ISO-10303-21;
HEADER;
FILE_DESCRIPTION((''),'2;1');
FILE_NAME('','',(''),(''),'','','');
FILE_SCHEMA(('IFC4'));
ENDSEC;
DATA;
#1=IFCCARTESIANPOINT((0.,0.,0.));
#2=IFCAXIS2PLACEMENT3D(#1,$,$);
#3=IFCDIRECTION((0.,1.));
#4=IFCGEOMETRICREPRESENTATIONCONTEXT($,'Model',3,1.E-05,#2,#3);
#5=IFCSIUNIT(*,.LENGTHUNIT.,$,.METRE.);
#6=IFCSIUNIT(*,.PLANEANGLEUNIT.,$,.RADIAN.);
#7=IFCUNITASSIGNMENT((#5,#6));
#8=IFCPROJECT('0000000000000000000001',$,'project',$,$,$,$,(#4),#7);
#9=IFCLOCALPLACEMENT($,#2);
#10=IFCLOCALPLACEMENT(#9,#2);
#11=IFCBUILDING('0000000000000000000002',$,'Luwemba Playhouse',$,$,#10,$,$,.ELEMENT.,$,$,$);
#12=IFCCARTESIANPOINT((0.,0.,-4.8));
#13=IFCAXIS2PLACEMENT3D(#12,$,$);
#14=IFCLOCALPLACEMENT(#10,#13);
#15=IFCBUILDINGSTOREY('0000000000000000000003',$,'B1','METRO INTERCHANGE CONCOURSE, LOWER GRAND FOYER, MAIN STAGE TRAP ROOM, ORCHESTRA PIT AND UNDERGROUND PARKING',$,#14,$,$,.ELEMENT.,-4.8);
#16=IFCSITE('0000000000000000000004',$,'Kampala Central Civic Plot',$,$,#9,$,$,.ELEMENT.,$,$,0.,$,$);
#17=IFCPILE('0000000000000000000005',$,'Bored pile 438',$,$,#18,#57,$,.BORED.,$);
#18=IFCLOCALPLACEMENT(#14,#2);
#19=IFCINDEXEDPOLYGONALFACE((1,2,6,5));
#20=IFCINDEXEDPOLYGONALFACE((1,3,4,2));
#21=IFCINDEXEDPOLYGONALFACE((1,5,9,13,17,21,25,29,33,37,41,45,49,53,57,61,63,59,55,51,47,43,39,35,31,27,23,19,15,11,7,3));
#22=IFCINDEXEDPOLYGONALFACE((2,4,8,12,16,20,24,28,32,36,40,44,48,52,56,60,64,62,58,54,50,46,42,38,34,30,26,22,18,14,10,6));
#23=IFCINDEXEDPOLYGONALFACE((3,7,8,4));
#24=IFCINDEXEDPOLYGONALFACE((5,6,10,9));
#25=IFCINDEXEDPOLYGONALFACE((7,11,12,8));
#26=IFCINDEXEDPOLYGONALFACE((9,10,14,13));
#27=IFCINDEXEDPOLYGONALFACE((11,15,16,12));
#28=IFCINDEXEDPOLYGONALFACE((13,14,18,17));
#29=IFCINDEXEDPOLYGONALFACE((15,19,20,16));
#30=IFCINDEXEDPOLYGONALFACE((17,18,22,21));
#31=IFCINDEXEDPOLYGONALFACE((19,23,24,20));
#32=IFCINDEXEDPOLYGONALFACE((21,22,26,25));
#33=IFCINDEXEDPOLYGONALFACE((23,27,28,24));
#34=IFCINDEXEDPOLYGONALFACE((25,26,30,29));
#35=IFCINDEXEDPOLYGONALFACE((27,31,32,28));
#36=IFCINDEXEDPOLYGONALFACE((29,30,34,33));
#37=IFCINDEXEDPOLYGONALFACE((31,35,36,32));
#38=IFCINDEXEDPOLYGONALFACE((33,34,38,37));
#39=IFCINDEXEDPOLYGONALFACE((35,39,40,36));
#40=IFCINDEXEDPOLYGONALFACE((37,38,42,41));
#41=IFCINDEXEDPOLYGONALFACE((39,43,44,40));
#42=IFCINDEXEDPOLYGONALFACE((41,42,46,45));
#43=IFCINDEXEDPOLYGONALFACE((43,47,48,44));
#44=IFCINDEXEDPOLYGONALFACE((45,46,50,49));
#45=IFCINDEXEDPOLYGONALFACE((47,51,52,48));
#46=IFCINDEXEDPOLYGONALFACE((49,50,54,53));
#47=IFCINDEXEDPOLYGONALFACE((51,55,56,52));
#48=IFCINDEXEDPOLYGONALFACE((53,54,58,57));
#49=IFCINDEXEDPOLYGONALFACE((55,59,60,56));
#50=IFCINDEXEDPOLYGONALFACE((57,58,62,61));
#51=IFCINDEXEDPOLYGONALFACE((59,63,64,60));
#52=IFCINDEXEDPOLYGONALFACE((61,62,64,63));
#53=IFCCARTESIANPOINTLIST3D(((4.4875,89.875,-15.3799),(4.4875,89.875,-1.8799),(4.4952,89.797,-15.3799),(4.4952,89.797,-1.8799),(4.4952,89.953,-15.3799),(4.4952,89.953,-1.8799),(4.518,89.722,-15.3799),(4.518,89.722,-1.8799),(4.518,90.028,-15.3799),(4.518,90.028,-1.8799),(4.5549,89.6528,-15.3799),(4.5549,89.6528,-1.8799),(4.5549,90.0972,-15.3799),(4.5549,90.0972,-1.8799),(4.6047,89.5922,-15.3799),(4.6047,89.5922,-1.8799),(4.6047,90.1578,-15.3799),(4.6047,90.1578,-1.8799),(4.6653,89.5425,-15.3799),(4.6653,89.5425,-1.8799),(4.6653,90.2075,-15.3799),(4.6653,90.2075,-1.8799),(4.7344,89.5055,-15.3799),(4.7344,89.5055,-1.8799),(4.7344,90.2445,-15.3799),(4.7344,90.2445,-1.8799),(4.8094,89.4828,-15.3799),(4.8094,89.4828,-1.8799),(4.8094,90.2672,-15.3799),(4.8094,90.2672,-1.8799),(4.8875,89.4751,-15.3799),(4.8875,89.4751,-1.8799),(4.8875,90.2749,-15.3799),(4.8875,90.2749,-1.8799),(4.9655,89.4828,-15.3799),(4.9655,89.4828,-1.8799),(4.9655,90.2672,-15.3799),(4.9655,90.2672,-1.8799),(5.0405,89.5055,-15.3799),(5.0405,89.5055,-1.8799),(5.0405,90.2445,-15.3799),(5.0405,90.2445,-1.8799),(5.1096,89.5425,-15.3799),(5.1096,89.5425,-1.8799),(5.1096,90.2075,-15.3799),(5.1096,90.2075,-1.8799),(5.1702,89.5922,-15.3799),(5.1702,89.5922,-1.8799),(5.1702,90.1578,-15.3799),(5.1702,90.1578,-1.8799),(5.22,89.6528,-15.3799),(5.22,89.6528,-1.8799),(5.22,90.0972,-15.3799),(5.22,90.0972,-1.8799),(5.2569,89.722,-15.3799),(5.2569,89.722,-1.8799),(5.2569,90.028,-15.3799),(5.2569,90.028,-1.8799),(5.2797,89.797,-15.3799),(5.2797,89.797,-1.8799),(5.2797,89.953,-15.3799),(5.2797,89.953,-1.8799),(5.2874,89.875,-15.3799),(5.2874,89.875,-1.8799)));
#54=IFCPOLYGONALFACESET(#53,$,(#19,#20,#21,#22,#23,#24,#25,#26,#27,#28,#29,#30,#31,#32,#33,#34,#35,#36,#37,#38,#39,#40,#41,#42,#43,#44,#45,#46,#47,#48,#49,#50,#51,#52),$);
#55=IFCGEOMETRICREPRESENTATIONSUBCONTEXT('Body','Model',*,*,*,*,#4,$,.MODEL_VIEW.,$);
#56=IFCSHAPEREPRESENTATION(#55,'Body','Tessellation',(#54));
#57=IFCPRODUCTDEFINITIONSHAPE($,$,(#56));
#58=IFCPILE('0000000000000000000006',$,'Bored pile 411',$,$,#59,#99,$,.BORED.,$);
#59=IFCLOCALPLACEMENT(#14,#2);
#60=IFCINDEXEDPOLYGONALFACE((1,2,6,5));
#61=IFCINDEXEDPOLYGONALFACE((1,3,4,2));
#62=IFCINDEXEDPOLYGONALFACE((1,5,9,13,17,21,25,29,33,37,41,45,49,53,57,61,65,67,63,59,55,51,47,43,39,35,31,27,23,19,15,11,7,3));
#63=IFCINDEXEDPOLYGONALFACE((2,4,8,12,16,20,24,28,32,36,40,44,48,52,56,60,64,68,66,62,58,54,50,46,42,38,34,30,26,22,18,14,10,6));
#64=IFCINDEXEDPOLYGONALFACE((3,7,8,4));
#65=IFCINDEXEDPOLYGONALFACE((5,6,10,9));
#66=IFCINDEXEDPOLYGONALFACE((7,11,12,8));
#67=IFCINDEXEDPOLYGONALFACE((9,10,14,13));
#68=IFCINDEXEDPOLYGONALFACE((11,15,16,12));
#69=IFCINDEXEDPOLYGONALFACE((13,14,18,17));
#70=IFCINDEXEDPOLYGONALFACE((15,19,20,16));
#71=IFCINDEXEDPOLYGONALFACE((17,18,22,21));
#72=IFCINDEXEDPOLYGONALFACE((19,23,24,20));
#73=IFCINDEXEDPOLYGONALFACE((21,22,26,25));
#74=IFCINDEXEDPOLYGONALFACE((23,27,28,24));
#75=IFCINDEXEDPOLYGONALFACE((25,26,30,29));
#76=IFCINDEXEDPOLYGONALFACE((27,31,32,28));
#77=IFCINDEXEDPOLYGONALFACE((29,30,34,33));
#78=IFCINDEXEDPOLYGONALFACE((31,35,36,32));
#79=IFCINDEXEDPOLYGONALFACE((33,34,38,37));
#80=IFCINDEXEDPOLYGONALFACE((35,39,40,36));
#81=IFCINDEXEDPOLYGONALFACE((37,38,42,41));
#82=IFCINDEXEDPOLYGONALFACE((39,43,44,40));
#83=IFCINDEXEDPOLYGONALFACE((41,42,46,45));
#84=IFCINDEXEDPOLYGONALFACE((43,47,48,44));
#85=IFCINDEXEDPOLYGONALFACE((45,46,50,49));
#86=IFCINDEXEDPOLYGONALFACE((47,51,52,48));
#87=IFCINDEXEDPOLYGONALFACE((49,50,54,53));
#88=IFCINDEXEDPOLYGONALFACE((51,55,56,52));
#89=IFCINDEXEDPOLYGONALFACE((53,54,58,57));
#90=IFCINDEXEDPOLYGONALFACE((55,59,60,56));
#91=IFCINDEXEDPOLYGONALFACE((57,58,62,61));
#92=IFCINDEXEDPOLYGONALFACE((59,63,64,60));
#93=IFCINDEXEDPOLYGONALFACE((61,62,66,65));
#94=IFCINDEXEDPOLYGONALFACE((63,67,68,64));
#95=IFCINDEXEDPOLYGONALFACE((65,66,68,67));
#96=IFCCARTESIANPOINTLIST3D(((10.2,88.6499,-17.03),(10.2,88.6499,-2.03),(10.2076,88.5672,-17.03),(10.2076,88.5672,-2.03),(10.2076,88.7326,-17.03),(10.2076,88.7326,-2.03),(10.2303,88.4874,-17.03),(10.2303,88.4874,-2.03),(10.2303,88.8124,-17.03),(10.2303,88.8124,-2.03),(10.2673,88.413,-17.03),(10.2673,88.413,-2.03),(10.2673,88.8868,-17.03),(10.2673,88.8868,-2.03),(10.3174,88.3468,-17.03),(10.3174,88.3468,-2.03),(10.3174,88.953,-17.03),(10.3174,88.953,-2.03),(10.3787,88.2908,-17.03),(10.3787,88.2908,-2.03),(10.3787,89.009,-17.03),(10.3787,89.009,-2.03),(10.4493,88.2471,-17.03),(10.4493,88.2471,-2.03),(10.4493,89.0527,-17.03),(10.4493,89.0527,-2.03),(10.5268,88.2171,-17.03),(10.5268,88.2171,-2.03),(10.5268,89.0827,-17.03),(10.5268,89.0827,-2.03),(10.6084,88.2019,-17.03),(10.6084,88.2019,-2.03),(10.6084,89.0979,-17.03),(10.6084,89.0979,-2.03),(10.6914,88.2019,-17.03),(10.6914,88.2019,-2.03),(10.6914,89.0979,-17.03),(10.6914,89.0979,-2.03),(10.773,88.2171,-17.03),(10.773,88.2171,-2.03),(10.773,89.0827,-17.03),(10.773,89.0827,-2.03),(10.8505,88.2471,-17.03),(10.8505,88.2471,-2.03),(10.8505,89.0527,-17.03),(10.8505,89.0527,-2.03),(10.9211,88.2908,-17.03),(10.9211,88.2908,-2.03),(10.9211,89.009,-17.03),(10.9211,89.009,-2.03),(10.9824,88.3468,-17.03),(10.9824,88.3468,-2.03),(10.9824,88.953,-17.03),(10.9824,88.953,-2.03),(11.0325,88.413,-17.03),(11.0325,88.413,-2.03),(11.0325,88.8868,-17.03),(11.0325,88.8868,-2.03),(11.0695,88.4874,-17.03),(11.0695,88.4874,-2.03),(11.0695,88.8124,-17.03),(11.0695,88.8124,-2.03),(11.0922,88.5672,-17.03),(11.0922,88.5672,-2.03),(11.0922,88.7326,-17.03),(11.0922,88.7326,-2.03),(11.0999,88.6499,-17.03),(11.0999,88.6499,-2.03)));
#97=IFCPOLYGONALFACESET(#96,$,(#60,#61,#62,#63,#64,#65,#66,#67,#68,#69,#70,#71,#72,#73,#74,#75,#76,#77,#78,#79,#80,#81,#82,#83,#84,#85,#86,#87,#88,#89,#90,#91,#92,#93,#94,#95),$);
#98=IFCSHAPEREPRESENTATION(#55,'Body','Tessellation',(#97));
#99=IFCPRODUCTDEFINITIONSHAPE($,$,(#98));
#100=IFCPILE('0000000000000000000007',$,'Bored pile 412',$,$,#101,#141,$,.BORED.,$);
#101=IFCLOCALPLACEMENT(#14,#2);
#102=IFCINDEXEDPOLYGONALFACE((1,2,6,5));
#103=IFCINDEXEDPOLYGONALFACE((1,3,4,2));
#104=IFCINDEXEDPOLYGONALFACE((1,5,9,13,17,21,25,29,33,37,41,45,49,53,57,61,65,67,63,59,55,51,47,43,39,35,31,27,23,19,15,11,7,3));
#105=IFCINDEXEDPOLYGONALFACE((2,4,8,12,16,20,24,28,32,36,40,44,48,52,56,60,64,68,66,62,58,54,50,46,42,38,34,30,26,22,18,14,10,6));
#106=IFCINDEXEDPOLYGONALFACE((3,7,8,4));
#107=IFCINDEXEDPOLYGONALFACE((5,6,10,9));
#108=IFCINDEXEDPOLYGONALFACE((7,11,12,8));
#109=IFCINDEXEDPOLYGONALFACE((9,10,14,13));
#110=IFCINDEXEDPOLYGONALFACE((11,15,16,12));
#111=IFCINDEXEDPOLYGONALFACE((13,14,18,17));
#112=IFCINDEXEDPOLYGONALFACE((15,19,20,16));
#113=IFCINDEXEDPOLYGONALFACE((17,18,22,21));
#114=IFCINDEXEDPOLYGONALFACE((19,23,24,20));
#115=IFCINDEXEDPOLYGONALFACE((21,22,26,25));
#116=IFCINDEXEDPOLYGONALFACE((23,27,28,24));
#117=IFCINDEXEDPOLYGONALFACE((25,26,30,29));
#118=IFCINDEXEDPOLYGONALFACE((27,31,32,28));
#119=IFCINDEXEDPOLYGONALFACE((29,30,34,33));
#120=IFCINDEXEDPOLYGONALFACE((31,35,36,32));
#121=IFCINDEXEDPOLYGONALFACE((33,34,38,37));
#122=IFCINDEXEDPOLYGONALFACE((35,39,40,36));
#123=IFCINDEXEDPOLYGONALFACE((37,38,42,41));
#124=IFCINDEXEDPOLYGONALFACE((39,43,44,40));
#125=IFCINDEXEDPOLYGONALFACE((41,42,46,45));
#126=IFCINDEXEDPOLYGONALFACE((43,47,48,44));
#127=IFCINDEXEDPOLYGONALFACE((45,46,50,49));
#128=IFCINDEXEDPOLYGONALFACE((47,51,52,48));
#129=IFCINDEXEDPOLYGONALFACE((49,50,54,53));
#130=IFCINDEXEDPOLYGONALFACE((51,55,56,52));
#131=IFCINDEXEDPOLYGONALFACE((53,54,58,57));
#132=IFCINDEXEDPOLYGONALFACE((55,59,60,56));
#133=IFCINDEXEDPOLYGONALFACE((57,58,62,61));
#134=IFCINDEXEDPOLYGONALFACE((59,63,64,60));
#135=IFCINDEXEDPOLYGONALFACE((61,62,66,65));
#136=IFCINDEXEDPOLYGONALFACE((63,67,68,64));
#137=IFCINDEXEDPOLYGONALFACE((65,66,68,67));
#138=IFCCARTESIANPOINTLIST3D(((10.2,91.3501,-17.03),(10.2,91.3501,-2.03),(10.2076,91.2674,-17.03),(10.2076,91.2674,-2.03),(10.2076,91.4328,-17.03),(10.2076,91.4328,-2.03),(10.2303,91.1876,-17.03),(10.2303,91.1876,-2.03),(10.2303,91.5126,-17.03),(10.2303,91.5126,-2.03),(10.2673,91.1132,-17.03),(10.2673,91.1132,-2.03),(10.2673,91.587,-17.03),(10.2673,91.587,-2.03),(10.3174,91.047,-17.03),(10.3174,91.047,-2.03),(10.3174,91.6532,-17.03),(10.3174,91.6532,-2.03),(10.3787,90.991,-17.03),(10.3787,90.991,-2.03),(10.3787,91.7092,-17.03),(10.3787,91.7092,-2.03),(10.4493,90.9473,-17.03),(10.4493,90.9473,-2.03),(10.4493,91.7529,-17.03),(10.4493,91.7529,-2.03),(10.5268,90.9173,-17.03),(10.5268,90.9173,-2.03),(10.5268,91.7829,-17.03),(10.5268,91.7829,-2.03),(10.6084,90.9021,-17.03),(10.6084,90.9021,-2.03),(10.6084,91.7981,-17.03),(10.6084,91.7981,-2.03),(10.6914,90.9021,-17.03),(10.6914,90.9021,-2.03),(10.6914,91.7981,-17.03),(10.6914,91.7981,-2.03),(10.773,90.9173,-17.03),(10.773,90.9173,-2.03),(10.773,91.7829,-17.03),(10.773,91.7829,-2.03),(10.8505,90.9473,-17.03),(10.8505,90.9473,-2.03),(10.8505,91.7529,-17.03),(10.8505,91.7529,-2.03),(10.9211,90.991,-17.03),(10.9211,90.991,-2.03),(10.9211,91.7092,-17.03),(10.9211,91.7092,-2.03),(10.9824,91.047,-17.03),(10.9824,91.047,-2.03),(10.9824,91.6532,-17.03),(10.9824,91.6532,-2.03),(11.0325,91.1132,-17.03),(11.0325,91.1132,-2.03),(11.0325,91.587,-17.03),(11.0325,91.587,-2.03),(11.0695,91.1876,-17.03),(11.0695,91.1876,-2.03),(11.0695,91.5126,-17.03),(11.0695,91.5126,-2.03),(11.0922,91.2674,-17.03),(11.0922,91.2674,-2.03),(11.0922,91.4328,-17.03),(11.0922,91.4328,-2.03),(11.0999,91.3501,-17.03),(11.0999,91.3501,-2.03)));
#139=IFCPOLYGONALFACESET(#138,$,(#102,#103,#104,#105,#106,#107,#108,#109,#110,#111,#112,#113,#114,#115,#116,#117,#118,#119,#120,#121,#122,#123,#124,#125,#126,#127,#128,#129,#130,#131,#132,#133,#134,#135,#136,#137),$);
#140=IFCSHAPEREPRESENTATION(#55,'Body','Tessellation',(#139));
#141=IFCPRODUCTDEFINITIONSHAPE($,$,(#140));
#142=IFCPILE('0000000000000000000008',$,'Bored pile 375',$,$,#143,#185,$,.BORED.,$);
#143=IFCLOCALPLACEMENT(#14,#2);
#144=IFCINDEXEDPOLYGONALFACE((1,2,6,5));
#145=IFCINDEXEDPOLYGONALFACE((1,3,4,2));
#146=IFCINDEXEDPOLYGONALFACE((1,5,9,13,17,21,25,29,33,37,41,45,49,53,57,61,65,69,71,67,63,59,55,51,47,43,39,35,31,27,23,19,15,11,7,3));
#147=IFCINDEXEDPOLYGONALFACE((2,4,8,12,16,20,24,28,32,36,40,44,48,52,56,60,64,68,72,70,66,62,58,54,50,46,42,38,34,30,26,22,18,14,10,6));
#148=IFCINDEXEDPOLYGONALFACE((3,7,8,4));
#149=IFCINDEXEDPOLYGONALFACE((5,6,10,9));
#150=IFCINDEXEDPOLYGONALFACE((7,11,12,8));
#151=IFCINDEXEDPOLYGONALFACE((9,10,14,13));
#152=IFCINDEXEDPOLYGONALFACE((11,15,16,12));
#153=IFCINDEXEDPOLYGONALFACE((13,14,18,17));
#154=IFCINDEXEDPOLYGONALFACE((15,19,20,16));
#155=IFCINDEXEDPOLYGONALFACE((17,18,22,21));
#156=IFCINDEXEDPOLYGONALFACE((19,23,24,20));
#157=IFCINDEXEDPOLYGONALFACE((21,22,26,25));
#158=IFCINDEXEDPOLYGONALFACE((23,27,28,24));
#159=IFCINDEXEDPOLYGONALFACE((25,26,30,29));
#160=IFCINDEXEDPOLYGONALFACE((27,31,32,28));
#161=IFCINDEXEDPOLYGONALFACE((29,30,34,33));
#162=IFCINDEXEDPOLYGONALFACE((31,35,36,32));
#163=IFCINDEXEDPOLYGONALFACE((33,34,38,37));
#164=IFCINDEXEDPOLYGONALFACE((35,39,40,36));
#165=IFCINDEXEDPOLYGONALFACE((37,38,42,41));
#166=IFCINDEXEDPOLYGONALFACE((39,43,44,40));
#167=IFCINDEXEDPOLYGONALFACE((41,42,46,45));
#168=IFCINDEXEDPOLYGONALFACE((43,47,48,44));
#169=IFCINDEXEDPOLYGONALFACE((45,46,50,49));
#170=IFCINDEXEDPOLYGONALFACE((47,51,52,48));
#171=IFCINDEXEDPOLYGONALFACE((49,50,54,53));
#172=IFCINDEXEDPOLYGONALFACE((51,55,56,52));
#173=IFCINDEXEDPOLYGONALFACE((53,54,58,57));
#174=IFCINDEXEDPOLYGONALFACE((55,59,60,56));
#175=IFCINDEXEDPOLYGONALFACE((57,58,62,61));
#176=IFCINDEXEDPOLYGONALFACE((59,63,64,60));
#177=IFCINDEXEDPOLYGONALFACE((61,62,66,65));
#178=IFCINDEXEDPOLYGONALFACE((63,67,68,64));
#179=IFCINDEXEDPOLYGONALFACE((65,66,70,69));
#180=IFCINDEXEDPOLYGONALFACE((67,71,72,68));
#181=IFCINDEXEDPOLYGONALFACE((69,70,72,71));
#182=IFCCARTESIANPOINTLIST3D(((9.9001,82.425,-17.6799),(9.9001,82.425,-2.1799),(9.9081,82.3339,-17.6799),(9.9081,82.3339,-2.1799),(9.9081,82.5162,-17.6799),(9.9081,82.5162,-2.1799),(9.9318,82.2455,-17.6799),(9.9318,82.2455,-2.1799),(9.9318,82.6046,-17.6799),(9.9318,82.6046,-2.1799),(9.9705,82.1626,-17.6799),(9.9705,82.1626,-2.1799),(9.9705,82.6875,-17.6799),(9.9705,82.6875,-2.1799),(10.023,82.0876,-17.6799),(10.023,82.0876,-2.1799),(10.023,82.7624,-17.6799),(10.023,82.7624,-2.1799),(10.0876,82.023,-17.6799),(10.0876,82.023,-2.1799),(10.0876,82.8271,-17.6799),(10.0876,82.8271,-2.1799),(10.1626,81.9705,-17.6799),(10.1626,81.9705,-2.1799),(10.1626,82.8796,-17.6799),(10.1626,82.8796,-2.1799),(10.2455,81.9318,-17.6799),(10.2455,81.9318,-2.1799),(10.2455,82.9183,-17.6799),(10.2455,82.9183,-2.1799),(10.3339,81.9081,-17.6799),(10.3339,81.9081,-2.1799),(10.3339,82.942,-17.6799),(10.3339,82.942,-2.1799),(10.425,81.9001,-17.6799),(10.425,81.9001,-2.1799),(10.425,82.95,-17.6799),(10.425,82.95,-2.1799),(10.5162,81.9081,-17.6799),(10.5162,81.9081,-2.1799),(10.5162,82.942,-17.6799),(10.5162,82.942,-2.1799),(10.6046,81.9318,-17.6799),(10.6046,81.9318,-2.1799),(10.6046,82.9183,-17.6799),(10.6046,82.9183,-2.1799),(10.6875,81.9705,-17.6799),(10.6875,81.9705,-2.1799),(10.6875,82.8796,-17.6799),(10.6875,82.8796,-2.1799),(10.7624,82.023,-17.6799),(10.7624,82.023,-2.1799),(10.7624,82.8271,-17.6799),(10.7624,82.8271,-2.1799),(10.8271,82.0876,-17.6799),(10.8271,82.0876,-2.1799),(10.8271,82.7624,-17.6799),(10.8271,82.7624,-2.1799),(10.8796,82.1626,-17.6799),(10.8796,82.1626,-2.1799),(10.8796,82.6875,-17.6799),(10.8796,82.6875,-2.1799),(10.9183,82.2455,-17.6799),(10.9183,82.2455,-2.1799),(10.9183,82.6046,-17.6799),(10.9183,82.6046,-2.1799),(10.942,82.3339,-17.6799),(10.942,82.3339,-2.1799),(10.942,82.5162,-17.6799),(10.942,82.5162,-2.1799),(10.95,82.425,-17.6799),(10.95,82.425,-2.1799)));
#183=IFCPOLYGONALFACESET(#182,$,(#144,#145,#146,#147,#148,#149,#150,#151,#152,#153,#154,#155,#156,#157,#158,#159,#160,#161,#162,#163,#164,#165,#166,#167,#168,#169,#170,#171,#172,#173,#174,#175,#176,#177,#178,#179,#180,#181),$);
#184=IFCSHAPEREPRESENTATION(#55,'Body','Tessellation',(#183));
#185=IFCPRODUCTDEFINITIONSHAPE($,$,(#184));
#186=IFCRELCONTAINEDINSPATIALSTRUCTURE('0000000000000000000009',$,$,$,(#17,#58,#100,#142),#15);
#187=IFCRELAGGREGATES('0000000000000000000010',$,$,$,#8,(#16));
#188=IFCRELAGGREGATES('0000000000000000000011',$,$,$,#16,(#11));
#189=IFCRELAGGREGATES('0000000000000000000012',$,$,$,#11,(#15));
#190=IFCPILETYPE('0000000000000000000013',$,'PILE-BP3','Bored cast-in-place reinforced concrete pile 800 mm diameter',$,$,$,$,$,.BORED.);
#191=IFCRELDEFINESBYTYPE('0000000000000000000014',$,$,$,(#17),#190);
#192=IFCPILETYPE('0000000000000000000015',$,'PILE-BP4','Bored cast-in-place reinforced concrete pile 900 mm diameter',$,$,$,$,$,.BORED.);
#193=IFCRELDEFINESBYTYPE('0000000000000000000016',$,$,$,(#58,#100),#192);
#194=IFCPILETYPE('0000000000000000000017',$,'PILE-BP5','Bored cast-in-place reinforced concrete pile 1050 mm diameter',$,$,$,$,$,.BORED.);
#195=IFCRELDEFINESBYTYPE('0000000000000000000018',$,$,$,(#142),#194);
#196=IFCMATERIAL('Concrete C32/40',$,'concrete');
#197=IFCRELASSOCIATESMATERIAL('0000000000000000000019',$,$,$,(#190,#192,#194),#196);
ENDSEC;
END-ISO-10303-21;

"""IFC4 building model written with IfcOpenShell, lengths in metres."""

from ifc_helpers import new_model, si_unit, direction, frame, origin, origin_2d, place, context, subcontext, project, spatial, circle, extrude, material, material_profile, profile_set, type_object, element, save


model = new_model("IFC4")

# Units and contexts
model_context = context("Model", 3, precision=1e-05, world=origin(), true_north=direction((0.0, 1.0)))
body_context = subcontext(model_context, "Body", "Model", "MODEL_VIEW")
ifc_project = project(units=[si_unit("LENGTHUNIT", "METRE"), si_unit("PLANEANGLEUNIT", "RADIAN")], contexts=[model_context])

# Site, building, storey
site_placement = place(None, origin())
site = spatial("IfcSite", under=ifc_project, at=site_placement, Name="Kampala Central Civic Plot", CompositionType="ELEMENT", RefElevation=0.0)
building_placement = place(site_placement, origin())
building = spatial("IfcBuilding", under=site, at=building_placement, Name="Luwemba Playhouse", CompositionType="ELEMENT")
storey_placement = place(building_placement, frame((0.0, 0.0, -4.8)))
storey = spatial("IfcBuildingStorey", under=building, at=storey_placement, Name="B1", Description="METRO INTERCHANGE CONCOURSE, LOWER GRAND FOYER, MAIN STAGE TRAP ROOM, ORCHESTRA PIT AND UNDERGROUND PARKING", CompositionType="ELEMENT", Elevation=-4.8)

# Shared definitions
ifc_material_1 = material(Name="Concrete C32/40", Category="concrete")

# Piles
ifc_material_profile_1 = material_profile(ifc_material_1, circle(Radius=0.3999, at=origin_2d()))
ifc_profile_set_1 = profile_set([ifc_material_profile_1], Name="Concrete C32/40")
pile_type_1 = type_object("IfcPileType", Name="PILE-BP3", Description="Bored cast-in-place reinforced concrete pile 800 mm diameter", PredefinedType="BORED", material=ifc_profile_set_1)
for number, where, z_axis, x_axis, name in (
    (1, (4.8875, 89.875, -1.8799), (0.0, 0.0, -1.0), (1.0, 0.0, 0.0), "Bored pile 438"),
):
    element("IfcPile", number, at=place(storey_placement, frame(where, z_axis=z_axis, x_axis=x_axis)), inside=storey, type_object=pile_type_1, Name=name, PredefinedType="BORED", context=body_context, shape_type="SweptSolid", body=[
        extrude(circle(Radius=0.3999, at=origin_2d()), origin(), (0.0, 0.0, 1.0), 13.5),
    ])
ifc_material_profile_2 = material_profile(ifc_material_1, circle(Radius=0.45, at=origin_2d()))
ifc_profile_set_2 = profile_set([ifc_material_profile_2], Name="Concrete C32/40")
pile_type_2 = type_object("IfcPileType", Name="PILE-BP4", Description="Bored cast-in-place reinforced concrete pile 900 mm diameter", PredefinedType="BORED", material=ifc_profile_set_2)
for number, where, z_axis, x_axis, name in (
    (2, (10.6499, 88.6499, -2.03), (0.0, 0.0, -1.0), (1.0, 0.0, 0.0), "Bored pile 411"),
    (3, (10.6499, 91.3501, -2.03), (0.0, 0.0, -1.0), (1.0, 0.0, 0.0), "Bored pile 412"),
):
    element("IfcPile", number, at=place(storey_placement, frame(where, z_axis=z_axis, x_axis=x_axis)), inside=storey, type_object=pile_type_2, Name=name, PredefinedType="BORED", context=body_context, shape_type="SweptSolid", body=[
        extrude(circle(Radius=0.45, at=origin_2d()), origin(), (0.0, 0.0, 1.0), 15.0),
    ])
ifc_material_profile_3 = material_profile(ifc_material_1, circle(Radius=0.5249, at=origin_2d()))
ifc_profile_set_3 = profile_set([ifc_material_profile_3], Name="Concrete C32/40")
pile_type_3 = type_object("IfcPileType", Name="PILE-BP5", Description="Bored cast-in-place reinforced concrete pile 1050 mm diameter", PredefinedType="BORED", material=ifc_profile_set_3)
for number, where, z_axis, x_axis, name in (
    (4, (10.425, 82.425, -2.1799), (0.0, 0.0, -1.0), (1.0, 0.0, 0.0), "Bored pile 375"),
):
    element("IfcPile", number, at=place(storey_placement, frame(where, z_axis=z_axis, x_axis=x_axis)), inside=storey, type_object=pile_type_3, Name=name, PredefinedType="BORED", context=body_context, shape_type="SweptSolid", body=[
        extrude(circle(Radius=0.5249, at=origin_2d()), origin(), (0.0, 0.0, 1.0), 15.5),
    ])

save(model, "model.ifc")
